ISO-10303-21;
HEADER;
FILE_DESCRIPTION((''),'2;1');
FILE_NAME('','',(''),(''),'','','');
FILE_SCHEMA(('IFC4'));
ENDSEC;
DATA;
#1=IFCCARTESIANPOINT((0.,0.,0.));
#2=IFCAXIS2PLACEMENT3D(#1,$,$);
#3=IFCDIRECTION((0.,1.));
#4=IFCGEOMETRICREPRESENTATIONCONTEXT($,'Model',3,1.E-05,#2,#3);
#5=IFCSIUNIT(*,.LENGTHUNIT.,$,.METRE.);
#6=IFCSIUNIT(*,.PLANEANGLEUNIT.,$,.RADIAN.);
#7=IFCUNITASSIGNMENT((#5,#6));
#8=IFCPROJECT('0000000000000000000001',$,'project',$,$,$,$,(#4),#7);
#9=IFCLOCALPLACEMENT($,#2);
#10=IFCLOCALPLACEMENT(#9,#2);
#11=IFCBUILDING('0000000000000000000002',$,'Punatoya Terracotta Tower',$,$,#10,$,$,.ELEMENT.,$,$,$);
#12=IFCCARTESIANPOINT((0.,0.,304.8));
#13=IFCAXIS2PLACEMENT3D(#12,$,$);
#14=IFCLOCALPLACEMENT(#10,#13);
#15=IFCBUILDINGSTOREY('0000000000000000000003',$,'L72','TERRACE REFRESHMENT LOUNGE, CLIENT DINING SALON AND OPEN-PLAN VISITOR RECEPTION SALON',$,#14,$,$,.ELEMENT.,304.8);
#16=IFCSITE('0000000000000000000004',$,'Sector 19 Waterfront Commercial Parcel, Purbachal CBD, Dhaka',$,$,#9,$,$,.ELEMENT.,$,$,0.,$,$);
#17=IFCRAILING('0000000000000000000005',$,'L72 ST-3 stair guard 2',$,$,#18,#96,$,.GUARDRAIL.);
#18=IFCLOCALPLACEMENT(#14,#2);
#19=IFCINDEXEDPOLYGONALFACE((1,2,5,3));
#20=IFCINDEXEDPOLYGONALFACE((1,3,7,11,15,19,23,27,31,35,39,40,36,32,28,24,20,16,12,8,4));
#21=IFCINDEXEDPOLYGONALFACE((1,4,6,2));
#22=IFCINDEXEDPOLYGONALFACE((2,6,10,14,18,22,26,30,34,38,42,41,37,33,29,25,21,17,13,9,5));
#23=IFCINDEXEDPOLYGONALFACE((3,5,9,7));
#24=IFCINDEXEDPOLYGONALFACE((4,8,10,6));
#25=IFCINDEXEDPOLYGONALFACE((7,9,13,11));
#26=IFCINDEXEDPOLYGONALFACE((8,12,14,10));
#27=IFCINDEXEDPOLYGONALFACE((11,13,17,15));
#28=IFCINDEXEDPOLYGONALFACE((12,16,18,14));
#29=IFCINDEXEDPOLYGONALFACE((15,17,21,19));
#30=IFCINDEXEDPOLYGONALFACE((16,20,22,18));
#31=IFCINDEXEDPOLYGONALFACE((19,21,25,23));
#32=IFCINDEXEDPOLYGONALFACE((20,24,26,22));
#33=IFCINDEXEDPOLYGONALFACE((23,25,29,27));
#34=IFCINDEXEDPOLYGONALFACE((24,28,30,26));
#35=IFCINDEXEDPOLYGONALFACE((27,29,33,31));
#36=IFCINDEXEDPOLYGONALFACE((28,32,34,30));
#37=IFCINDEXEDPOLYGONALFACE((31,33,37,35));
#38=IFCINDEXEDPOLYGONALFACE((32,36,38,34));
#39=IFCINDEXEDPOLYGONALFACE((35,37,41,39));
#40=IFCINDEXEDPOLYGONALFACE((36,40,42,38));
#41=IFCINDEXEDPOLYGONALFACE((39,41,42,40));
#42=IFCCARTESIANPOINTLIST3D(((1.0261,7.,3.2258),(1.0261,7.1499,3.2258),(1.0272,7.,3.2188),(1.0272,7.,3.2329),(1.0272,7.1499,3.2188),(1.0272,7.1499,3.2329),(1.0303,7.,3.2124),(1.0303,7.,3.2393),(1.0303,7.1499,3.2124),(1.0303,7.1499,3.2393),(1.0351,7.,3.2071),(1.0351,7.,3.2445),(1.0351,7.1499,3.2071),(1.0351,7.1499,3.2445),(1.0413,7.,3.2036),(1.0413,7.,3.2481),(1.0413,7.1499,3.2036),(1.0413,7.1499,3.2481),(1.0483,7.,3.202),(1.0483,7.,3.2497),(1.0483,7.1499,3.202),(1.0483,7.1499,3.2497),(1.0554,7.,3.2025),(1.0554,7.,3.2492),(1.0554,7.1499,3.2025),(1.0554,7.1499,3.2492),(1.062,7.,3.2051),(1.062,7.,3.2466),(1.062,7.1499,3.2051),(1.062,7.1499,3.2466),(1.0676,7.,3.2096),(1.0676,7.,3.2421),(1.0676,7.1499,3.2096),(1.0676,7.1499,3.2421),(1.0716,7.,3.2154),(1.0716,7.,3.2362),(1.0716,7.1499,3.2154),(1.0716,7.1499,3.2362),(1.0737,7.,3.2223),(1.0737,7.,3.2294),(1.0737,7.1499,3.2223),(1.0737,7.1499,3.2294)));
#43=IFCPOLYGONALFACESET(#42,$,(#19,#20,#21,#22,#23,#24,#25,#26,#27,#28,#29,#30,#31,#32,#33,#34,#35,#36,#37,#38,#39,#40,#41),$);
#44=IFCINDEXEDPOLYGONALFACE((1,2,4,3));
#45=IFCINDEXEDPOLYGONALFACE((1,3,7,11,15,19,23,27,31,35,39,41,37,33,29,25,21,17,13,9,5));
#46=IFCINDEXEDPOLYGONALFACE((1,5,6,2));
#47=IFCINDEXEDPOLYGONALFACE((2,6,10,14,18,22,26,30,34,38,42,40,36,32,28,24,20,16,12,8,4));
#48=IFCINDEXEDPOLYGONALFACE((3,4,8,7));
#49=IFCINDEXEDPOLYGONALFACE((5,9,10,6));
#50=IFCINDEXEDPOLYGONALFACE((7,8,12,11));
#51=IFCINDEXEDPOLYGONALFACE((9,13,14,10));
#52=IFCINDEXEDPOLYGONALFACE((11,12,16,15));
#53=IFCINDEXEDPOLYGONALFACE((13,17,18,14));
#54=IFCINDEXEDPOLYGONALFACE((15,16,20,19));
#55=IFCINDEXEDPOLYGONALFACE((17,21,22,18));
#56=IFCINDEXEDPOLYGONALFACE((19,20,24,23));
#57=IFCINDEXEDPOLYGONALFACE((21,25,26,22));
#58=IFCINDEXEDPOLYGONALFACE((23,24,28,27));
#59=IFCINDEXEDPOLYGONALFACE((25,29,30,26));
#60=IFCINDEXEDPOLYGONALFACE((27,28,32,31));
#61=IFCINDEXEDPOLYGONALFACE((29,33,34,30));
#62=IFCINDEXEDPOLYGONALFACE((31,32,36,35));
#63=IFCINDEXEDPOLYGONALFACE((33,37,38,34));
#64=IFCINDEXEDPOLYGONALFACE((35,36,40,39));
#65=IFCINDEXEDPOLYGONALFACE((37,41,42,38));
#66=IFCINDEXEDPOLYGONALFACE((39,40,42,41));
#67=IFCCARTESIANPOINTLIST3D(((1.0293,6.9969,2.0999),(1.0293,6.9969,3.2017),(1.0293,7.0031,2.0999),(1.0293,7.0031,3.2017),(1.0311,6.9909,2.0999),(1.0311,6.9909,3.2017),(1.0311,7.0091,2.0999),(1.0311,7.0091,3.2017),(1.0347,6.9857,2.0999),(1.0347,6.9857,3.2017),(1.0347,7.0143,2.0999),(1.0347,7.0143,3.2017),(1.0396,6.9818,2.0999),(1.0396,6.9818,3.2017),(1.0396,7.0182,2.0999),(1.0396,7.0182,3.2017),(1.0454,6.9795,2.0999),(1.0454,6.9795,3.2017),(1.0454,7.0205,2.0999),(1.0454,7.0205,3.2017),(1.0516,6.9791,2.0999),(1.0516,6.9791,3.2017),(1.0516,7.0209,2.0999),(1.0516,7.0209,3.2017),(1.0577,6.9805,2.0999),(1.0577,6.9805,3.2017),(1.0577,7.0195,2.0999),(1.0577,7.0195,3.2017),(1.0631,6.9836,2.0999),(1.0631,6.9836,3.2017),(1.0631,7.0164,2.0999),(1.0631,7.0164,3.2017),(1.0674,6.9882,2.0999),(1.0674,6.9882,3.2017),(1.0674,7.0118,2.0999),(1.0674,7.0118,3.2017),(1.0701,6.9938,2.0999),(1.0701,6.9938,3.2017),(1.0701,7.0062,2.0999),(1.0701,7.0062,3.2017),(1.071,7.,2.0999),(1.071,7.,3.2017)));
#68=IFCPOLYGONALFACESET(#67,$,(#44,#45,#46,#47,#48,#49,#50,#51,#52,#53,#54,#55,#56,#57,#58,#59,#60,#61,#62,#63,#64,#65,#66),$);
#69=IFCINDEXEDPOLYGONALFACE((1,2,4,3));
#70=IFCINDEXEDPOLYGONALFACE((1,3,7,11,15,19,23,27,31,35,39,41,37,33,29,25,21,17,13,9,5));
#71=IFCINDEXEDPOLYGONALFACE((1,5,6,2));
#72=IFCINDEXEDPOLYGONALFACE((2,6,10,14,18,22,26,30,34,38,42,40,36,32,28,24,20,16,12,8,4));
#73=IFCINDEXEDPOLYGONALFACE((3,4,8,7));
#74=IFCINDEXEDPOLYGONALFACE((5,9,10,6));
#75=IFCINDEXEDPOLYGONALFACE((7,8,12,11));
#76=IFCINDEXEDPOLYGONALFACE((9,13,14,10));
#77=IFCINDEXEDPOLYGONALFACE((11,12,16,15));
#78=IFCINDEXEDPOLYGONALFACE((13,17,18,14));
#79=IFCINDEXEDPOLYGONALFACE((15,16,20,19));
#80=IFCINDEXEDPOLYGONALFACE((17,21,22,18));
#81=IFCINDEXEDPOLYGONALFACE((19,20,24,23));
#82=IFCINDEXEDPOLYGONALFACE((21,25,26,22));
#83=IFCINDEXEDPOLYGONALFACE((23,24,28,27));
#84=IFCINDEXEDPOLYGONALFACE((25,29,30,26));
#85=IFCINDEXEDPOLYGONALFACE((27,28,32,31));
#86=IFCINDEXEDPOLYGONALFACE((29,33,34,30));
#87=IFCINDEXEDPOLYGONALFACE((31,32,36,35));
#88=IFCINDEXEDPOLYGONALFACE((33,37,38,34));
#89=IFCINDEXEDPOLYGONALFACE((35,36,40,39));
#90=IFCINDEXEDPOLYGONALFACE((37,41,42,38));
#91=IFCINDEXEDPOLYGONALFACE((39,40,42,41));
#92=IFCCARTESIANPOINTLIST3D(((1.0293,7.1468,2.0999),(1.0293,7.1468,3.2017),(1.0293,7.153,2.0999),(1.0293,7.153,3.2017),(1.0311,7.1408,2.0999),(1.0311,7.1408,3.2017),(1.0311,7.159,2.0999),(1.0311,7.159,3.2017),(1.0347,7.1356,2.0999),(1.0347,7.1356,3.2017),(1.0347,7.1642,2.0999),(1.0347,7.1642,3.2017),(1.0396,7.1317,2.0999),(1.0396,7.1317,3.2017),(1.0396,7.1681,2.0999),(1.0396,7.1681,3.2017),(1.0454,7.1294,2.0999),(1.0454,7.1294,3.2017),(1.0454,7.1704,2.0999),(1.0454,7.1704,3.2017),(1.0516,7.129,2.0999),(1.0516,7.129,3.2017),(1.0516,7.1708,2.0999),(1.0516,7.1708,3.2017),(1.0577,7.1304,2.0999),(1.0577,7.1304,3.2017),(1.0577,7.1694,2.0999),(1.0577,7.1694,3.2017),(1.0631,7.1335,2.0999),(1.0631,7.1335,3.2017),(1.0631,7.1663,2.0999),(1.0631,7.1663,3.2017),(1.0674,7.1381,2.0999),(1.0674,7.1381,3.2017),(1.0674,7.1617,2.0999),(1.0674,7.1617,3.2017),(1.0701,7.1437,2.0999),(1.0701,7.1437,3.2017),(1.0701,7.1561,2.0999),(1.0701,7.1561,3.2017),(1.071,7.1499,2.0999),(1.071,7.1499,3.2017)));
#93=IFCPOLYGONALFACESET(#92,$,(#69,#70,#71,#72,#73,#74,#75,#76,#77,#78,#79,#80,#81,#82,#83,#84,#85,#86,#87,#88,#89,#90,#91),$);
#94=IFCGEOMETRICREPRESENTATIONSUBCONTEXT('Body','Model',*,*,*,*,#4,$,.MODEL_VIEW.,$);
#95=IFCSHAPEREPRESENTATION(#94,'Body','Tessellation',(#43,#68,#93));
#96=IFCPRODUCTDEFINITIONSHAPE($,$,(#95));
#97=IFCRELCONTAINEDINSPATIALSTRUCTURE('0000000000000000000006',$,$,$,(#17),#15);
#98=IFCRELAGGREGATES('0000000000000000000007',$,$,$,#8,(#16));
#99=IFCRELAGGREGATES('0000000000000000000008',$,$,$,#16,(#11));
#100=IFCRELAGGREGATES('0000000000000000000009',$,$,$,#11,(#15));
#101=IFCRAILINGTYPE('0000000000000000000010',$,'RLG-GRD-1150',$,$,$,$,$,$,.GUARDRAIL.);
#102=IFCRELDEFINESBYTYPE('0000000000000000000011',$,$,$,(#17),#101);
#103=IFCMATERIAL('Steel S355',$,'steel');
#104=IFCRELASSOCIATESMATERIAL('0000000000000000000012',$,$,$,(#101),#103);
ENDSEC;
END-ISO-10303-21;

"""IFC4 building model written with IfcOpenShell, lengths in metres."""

from ifc_helpers import new_model, si_unit, direction, frame, origin, origin_2d, place, context, subcontext, project, spatial, circle, extrude, material, type_object, element, save


model = new_model("IFC4")

# Units and contexts
model_context = context("Model", 3, precision=1e-05, world=origin(), true_north=direction((0.0, 1.0)))
body_context = subcontext(model_context, "Body", "Model", "MODEL_VIEW")
ifc_project = project(units=[si_unit("LENGTHUNIT", "METRE"), si_unit("PLANEANGLEUNIT", "RADIAN")], contexts=[model_context])

# Site, building, storey
site_placement = place(None, origin())
site = spatial("IfcSite", under=ifc_project, at=site_placement, Name="Sector 19 Waterfront Commercial Parcel, Purbachal CBD, Dhaka", CompositionType="ELEMENT", RefElevation=0.0)
building_placement = place(site_placement, origin())
building = spatial("IfcBuilding", under=site, at=building_placement, Name="Punatoya Terracotta Tower", CompositionType="ELEMENT")
storey_placement = place(building_placement, frame((0.0, 0.0, 304.8)))
storey = spatial("IfcBuildingStorey", under=building, at=storey_placement, Name="L72", Description="TERRACE REFRESHMENT LOUNGE, CLIENT DINING SALON AND OPEN-PLAN VISITOR RECEPTION SALON", CompositionType="ELEMENT", Elevation=304.8)

# Shared definitions
ifc_material_1 = material(Name="Steel S355", Category="steel")

# Railing
railing_type_1 = type_object("IfcRailingType", Name="RLG-GRD-1150", PredefinedType="GUARDRAIL", material=ifc_material_1)
railing_1_placement = place(storey_placement, frame((1.05, 7.0, 2.0999)))
element("IfcRailing", 1, at=railing_1_placement, inside=storey, type_object=railing_type_1, Name="L72 ST-3 stair guard 2", PredefinedType="GUARDRAIL", context=body_context, shape_type="SweptSolid", body=[
    extrude(circle(Radius=0.0239, at=origin_2d()), frame((0.0, 0.0, 1.126), z_axis=(0.0, 1.0, 0.0), x_axis=(-1.0, 0.0, 0.0)), (0.0, 0.0, 1.0), 0.1499),
    extrude(circle(Radius=0.021, at=origin_2d()), origin(), (0.0, 0.0, 1.0), 1.1018),
    extrude(circle(Radius=0.021, at=origin_2d()), frame((0.0, 0.1499, 0.0)), (0.0, 0.0, 1.0), 1.1018),
])

save(model, "model.ifc")
